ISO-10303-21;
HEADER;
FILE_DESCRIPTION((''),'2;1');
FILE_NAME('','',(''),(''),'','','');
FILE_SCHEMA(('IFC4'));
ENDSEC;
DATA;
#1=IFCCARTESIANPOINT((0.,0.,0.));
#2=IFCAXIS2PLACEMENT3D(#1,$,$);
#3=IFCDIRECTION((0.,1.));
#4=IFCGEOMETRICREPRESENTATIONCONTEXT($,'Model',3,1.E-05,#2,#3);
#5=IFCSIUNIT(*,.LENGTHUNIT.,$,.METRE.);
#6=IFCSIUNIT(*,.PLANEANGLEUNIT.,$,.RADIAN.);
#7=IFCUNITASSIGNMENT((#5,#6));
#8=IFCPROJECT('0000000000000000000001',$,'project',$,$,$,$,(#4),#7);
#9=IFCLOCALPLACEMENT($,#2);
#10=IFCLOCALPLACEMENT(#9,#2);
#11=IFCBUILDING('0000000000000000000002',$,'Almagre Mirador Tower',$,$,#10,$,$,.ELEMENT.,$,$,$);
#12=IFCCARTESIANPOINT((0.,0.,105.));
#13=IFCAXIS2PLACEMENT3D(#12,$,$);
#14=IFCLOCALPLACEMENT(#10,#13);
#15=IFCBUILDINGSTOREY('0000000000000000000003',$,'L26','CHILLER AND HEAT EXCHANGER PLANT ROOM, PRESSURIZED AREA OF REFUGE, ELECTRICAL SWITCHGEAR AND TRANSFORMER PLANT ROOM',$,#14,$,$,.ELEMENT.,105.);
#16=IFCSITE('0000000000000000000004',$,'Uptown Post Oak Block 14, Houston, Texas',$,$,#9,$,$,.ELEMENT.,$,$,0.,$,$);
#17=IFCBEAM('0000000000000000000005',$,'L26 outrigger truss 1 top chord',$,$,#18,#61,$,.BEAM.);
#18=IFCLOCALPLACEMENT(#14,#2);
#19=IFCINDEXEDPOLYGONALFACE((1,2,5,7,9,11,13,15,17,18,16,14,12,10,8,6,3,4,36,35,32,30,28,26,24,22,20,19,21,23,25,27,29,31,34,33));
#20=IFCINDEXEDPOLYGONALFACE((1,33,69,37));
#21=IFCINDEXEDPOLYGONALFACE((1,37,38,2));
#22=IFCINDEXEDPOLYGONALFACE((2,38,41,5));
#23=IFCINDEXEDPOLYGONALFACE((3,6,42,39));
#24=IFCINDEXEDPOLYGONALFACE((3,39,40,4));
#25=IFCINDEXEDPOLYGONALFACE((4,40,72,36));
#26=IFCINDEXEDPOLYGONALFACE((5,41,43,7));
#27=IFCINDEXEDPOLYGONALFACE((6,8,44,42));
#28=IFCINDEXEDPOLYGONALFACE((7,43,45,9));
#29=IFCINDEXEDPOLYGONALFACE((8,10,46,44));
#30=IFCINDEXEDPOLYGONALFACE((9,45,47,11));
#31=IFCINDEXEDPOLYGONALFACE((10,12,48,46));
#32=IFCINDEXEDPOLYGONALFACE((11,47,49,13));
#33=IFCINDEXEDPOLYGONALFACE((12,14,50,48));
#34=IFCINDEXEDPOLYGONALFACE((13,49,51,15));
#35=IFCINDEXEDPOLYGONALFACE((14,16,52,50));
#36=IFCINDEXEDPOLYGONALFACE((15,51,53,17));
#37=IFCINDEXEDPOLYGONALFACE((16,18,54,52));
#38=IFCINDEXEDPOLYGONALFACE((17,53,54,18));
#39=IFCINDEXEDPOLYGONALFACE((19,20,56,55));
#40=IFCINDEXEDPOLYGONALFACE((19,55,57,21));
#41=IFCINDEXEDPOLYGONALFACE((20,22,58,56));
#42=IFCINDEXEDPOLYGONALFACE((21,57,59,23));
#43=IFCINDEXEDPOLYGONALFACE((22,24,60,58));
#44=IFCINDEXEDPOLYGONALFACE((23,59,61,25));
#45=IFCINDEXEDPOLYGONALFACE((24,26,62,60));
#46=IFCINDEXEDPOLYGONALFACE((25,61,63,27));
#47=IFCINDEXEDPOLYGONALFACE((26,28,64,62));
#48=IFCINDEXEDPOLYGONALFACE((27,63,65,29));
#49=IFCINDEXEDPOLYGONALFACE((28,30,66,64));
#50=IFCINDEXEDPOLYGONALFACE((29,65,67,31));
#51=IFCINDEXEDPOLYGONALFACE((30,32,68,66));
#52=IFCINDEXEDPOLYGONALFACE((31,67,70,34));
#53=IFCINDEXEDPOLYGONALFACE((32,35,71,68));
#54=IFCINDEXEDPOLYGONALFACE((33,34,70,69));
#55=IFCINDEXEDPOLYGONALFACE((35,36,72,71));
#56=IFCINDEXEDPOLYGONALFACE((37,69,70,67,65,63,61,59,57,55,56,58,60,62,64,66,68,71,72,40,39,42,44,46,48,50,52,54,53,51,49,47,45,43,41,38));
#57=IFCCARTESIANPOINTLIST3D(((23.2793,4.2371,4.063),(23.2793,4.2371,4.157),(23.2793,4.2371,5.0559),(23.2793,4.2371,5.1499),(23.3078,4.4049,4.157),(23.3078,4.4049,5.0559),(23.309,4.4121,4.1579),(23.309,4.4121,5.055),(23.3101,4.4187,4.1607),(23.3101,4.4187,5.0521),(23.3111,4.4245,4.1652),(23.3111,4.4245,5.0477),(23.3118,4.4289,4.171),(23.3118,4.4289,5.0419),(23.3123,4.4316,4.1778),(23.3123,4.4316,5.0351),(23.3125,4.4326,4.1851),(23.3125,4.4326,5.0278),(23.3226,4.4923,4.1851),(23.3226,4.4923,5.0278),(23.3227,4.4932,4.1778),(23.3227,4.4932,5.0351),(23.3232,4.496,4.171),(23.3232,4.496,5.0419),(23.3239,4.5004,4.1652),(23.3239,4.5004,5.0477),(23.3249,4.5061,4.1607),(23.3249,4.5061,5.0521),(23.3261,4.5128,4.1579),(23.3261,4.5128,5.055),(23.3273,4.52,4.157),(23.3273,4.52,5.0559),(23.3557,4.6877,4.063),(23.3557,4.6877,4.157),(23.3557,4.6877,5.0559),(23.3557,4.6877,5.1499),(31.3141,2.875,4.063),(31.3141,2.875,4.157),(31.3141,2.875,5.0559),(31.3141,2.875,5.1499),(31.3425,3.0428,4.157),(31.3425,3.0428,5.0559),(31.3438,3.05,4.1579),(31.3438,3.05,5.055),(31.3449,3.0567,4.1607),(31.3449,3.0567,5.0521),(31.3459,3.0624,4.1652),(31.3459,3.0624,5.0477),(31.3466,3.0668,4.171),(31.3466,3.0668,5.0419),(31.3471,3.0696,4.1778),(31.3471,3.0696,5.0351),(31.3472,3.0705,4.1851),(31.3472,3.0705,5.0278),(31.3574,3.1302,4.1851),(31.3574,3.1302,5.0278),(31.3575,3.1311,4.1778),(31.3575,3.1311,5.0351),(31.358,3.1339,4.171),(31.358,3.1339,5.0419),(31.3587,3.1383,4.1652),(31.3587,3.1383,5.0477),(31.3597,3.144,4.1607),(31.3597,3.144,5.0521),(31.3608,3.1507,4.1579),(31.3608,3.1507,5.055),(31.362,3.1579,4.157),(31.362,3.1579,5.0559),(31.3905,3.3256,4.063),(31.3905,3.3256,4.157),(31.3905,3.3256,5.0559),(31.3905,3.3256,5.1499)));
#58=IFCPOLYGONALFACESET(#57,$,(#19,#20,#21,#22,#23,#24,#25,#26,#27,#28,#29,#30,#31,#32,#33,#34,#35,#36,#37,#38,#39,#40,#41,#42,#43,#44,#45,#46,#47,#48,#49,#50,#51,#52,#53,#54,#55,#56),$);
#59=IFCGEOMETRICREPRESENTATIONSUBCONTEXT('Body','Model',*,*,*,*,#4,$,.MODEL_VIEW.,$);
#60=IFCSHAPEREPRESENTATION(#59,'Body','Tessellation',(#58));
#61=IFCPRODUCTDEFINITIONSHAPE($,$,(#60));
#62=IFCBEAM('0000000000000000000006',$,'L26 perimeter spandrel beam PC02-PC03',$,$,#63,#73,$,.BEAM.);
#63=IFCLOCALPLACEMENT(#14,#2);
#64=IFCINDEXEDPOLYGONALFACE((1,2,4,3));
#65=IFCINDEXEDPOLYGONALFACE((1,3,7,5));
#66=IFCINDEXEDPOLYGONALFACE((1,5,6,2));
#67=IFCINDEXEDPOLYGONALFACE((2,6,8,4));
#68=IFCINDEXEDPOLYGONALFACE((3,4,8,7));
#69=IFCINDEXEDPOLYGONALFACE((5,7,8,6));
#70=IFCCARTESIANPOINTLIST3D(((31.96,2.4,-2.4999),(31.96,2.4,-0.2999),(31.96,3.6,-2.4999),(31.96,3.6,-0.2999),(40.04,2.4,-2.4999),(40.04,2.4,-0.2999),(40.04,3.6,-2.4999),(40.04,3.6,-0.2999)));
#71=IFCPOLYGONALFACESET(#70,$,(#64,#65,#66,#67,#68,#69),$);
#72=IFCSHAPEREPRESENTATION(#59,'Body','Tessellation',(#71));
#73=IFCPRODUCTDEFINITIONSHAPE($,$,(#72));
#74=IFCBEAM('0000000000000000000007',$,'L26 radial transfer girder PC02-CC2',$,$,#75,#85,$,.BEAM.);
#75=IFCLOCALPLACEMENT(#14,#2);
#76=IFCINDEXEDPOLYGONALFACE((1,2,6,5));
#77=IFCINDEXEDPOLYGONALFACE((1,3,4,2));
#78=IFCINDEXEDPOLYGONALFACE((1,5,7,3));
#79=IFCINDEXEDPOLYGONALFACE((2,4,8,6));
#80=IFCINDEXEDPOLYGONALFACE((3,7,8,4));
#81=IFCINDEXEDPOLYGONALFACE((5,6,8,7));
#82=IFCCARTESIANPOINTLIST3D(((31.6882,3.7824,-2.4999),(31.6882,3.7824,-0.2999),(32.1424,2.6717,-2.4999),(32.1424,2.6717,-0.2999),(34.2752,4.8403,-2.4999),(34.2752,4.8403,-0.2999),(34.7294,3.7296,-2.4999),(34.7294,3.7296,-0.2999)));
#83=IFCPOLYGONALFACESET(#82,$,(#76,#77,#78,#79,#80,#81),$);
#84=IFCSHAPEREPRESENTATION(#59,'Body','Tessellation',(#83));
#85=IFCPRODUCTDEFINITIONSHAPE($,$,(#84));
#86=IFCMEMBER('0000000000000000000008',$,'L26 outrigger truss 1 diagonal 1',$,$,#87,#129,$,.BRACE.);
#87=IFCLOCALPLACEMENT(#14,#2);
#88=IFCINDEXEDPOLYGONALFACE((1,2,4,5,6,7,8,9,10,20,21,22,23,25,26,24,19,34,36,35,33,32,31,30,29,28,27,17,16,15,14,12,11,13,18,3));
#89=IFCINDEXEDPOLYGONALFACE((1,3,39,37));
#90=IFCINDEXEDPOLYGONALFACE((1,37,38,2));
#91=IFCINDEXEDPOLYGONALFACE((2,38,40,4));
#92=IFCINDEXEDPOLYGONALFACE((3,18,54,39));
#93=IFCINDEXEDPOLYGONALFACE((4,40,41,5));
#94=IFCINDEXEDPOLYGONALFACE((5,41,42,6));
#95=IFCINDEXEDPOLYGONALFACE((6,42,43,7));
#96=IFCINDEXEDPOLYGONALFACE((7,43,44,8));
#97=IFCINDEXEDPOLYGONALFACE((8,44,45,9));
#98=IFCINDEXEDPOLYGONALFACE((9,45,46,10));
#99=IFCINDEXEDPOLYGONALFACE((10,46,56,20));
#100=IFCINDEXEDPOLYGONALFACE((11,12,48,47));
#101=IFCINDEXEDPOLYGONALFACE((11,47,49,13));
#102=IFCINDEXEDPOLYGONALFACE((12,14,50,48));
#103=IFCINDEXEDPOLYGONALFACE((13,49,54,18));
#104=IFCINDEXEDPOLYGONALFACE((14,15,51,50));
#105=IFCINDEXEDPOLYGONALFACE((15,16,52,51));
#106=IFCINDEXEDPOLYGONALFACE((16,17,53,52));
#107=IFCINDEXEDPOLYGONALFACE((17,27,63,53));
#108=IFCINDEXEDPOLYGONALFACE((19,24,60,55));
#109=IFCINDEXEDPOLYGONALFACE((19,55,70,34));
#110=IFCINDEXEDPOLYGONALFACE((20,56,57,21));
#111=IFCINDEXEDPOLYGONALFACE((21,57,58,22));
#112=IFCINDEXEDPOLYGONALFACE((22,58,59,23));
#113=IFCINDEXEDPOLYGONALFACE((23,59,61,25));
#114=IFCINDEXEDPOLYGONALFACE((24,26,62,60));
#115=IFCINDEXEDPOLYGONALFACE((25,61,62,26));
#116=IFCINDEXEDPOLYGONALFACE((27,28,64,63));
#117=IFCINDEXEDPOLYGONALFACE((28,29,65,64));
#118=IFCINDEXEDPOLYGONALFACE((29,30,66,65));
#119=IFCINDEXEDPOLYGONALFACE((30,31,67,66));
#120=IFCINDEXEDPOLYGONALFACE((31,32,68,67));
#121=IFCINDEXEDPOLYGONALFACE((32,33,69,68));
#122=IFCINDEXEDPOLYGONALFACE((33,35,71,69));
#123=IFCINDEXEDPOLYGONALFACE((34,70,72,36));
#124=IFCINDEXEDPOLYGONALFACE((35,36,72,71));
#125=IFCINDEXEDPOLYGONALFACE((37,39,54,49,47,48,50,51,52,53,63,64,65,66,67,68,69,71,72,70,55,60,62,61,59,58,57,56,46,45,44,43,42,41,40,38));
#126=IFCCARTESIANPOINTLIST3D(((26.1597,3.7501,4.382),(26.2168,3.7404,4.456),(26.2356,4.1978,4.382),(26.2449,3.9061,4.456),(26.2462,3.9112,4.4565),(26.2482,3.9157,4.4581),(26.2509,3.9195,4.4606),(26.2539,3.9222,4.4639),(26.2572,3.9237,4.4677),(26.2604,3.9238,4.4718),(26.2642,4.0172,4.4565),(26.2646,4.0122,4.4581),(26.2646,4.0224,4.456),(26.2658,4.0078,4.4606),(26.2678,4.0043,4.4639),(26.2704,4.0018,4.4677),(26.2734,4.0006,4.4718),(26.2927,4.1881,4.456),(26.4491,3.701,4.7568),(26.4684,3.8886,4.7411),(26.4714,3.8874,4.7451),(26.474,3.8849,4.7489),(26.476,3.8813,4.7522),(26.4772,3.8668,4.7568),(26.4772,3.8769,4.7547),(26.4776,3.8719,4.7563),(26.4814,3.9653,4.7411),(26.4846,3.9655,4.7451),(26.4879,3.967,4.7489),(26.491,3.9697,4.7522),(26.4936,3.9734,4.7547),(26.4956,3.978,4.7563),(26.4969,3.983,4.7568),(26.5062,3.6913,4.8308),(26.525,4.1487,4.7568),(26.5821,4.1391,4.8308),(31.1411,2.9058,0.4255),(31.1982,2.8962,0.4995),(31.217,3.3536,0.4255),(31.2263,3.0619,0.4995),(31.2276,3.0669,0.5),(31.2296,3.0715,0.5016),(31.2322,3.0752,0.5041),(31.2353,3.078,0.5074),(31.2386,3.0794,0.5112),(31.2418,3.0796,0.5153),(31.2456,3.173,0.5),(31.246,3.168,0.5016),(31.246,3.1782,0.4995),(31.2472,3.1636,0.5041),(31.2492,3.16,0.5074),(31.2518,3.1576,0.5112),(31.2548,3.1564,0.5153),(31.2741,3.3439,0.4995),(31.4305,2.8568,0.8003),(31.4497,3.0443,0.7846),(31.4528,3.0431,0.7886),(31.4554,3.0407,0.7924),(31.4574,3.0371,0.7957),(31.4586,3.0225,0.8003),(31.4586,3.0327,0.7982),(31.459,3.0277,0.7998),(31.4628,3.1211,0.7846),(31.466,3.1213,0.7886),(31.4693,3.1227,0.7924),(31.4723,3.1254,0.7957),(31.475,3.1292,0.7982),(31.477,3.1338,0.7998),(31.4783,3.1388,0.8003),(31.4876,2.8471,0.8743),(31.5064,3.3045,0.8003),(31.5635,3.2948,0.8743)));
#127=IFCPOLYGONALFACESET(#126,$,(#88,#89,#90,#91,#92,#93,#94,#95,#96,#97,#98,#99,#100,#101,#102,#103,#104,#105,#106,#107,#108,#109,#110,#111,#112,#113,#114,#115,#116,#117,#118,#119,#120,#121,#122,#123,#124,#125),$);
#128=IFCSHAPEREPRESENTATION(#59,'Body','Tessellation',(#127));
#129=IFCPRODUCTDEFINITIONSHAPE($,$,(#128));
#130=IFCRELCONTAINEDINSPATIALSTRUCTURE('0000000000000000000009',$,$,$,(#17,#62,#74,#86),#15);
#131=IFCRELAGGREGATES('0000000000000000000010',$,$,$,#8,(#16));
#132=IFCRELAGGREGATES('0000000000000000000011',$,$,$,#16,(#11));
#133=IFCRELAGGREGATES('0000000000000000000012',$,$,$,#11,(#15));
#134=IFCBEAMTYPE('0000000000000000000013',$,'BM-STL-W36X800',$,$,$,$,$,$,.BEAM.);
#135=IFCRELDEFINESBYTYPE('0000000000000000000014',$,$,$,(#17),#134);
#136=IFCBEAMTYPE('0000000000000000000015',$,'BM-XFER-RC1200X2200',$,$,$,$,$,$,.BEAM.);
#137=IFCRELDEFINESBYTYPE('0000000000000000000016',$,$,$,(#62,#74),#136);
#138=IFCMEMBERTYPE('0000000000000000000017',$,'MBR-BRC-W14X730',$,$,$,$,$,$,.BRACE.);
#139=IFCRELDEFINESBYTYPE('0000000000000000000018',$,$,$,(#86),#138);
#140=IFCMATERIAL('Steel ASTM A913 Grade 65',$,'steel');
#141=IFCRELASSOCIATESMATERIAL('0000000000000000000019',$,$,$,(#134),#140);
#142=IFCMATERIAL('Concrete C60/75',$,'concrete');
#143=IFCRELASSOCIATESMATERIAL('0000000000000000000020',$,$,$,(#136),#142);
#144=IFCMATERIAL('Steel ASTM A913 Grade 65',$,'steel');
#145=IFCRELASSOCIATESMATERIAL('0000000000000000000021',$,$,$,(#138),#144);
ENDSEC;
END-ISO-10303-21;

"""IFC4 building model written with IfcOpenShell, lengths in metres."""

from ifc_helpers import new_model, si_unit, direction, frame, origin, origin_2d, place, context, subcontext, project, spatial, rectangle, i_section, extrude, material, material_profile, profile_set, type_object, element, save


model = new_model("IFC4")

# Units and contexts
model_context = context("Model", 3, precision=1e-05, world=origin(), true_north=direction((0.0, 1.0)))
body_context = subcontext(model_context, "Body", "Model", "MODEL_VIEW")
ifc_project = project(units=[si_unit("LENGTHUNIT", "METRE"), si_unit("PLANEANGLEUNIT", "RADIAN")], contexts=[model_context])

# Site, building, storey
site_placement = place(None, origin())
site = spatial("IfcSite", under=ifc_project, at=site_placement, Name="Uptown Post Oak Block 14, Houston, Texas", CompositionType="ELEMENT", RefElevation=0.0)
building_placement = place(site_placement, origin())
building = spatial("IfcBuilding", under=site, at=building_placement, Name="Almagre Mirador Tower", CompositionType="ELEMENT")
storey_placement = place(building_placement, frame((0.0, 0.0, 105.0)))
storey = spatial("IfcBuildingStorey", under=building, at=storey_placement, Name="L26", Description="CHILLER AND HEAT EXCHANGER PLANT ROOM, PRESSURIZED AREA OF REFUGE, ELECTRICAL SWITCHGEAR AND TRANSFORMER PLANT ROOM", CompositionType="ELEMENT", Elevation=105.0)

# Beams
ifc_material_1 = material(Name="Steel ASTM A913 Grade 65", Category="steel")
ifc_material_profile_1 = material_profile(ifc_material_1, i_section(OverallWidth=0.457, OverallDepth=1.0869, WebThickness=0.0605, FlangeThickness=0.094, FilletRadius=0.0281, at=origin_2d()), Name="W36X800")
ifc_profile_set_1 = profile_set([ifc_material_profile_1], Name="Steel ASTM A913 Grade 65")
beam_type_1 = type_object("IfcBeamType", Name="BM-STL-W36X800", PredefinedType="BEAM", material=ifc_profile_set_1)
for number, where, z_axis, x_axis, name in (
    (1, (31.3523, 3.1003, 4.6064), (-0.985933, 0.167138, 0.0), (-0.167138, -0.985933, 0.0), "L26 outrigger truss 1 top chord"),
):
    element("IfcBeam", number, at=place(storey_placement, frame(where, z_axis=z_axis, x_axis=x_axis)), inside=storey, type_object=beam_type_1, Name=name, PredefinedType="BEAM", context=body_context, shape_type="SweptSolid", body=[
        extrude(i_section(OverallWidth=0.457, OverallDepth=1.0869, WebThickness=0.0605, FlangeThickness=0.094, FilletRadius=0.0281, at=origin_2d()), origin(), (0.0, 0.0, 1.0), 8.1494),
    ])
ifc_material_2 = material(Name="Concrete C60/75", Category="concrete")
ifc_material_profile_2 = material_profile(ifc_material_2, rectangle(XDim=1.2, YDim=2.2, at=origin_2d()), Name="RC1200X2200")
ifc_profile_set_2 = profile_set([ifc_material_profile_2], Name="Concrete C60/75")
beam_type_2 = type_object("IfcBeamType", Name="BM-XFER-RC1200X2200", PredefinedType="BEAM", material=ifc_profile_set_2)
beam_1_placement = place(storey_placement, frame((31.96, 3.0, -1.3999), z_axis=(1.0, 0.0, 0.0), x_axis=(0.0, 1.0, 0.0)))
element("IfcBeam", 2, at=beam_1_placement, inside=storey, type_object=beam_type_2, Name="L26 perimeter spandrel beam PC02-PC03", PredefinedType="BEAM", context=body_context, shape_type="SweptSolid", body=[
    extrude(rectangle(XDim=1.2, YDim=2.2, at=origin_2d()), origin(), (0.0, 0.0, 1.0), 8.0801),
])
beam_2_placement = place(storey_placement, frame((31.9153, 3.2271, -1.3999), z_axis=(0.9256, 0.378504, 0.0), x_axis=(-0.378504, 0.9256, 0.0)))
element("IfcBeam", 3, at=beam_2_placement, inside=storey, type_object=beam_type_2, Name="L26 radial transfer girder PC02-CC2", PredefinedType="BEAM", context=body_context, shape_type="SweptSolid", body=[
    extrude(rectangle(XDim=1.2, YDim=2.2, at=origin_2d()), origin(), (0.0, 0.0, 1.0), 2.7949),
])

# Member
ifc_material_3 = material(Name="Steel ASTM A913 Grade 65", Category="steel")
ifc_material_profile_3 = material_profile(ifc_material_3, i_section(OverallWidth=0.4541, OverallDepth=0.5701, WebThickness=0.0779, FlangeThickness=0.094, FilletRadius=0.02, at=origin_2d()), Name="W14X730")
ifc_profile_set_3 = profile_set([ifc_material_profile_3], Name="Steel ASTM A913 Grade 65")
member_type_1 = type_object("IfcMemberType", Name="MBR-BRC-W14X730", PredefinedType="BRACE", material=ifc_profile_set_3)
member_1_placement = place(storey_placement, frame((31.3523, 3.1003, 0.6499), z_axis=(-0.776252, 0.131557, 0.616543), x_axis=(-0.167094, -0.985941, 0.0)))
element("IfcMember", 4, at=member_1_placement, inside=storey, type_object=member_type_1, Name="L26 outrigger truss 1 diagonal 1", PredefinedType="BRACE", context=body_context, shape_type="SweptSolid", body=[
    extrude(i_section(OverallWidth=0.4541, OverallDepth=0.5701, WebThickness=0.0779, FlangeThickness=0.094, FilletRadius=0.02, at=origin_2d()), origin(), (0.0, 0.0, 1.0), 6.4172),
])

save(model, "model.ifc")
